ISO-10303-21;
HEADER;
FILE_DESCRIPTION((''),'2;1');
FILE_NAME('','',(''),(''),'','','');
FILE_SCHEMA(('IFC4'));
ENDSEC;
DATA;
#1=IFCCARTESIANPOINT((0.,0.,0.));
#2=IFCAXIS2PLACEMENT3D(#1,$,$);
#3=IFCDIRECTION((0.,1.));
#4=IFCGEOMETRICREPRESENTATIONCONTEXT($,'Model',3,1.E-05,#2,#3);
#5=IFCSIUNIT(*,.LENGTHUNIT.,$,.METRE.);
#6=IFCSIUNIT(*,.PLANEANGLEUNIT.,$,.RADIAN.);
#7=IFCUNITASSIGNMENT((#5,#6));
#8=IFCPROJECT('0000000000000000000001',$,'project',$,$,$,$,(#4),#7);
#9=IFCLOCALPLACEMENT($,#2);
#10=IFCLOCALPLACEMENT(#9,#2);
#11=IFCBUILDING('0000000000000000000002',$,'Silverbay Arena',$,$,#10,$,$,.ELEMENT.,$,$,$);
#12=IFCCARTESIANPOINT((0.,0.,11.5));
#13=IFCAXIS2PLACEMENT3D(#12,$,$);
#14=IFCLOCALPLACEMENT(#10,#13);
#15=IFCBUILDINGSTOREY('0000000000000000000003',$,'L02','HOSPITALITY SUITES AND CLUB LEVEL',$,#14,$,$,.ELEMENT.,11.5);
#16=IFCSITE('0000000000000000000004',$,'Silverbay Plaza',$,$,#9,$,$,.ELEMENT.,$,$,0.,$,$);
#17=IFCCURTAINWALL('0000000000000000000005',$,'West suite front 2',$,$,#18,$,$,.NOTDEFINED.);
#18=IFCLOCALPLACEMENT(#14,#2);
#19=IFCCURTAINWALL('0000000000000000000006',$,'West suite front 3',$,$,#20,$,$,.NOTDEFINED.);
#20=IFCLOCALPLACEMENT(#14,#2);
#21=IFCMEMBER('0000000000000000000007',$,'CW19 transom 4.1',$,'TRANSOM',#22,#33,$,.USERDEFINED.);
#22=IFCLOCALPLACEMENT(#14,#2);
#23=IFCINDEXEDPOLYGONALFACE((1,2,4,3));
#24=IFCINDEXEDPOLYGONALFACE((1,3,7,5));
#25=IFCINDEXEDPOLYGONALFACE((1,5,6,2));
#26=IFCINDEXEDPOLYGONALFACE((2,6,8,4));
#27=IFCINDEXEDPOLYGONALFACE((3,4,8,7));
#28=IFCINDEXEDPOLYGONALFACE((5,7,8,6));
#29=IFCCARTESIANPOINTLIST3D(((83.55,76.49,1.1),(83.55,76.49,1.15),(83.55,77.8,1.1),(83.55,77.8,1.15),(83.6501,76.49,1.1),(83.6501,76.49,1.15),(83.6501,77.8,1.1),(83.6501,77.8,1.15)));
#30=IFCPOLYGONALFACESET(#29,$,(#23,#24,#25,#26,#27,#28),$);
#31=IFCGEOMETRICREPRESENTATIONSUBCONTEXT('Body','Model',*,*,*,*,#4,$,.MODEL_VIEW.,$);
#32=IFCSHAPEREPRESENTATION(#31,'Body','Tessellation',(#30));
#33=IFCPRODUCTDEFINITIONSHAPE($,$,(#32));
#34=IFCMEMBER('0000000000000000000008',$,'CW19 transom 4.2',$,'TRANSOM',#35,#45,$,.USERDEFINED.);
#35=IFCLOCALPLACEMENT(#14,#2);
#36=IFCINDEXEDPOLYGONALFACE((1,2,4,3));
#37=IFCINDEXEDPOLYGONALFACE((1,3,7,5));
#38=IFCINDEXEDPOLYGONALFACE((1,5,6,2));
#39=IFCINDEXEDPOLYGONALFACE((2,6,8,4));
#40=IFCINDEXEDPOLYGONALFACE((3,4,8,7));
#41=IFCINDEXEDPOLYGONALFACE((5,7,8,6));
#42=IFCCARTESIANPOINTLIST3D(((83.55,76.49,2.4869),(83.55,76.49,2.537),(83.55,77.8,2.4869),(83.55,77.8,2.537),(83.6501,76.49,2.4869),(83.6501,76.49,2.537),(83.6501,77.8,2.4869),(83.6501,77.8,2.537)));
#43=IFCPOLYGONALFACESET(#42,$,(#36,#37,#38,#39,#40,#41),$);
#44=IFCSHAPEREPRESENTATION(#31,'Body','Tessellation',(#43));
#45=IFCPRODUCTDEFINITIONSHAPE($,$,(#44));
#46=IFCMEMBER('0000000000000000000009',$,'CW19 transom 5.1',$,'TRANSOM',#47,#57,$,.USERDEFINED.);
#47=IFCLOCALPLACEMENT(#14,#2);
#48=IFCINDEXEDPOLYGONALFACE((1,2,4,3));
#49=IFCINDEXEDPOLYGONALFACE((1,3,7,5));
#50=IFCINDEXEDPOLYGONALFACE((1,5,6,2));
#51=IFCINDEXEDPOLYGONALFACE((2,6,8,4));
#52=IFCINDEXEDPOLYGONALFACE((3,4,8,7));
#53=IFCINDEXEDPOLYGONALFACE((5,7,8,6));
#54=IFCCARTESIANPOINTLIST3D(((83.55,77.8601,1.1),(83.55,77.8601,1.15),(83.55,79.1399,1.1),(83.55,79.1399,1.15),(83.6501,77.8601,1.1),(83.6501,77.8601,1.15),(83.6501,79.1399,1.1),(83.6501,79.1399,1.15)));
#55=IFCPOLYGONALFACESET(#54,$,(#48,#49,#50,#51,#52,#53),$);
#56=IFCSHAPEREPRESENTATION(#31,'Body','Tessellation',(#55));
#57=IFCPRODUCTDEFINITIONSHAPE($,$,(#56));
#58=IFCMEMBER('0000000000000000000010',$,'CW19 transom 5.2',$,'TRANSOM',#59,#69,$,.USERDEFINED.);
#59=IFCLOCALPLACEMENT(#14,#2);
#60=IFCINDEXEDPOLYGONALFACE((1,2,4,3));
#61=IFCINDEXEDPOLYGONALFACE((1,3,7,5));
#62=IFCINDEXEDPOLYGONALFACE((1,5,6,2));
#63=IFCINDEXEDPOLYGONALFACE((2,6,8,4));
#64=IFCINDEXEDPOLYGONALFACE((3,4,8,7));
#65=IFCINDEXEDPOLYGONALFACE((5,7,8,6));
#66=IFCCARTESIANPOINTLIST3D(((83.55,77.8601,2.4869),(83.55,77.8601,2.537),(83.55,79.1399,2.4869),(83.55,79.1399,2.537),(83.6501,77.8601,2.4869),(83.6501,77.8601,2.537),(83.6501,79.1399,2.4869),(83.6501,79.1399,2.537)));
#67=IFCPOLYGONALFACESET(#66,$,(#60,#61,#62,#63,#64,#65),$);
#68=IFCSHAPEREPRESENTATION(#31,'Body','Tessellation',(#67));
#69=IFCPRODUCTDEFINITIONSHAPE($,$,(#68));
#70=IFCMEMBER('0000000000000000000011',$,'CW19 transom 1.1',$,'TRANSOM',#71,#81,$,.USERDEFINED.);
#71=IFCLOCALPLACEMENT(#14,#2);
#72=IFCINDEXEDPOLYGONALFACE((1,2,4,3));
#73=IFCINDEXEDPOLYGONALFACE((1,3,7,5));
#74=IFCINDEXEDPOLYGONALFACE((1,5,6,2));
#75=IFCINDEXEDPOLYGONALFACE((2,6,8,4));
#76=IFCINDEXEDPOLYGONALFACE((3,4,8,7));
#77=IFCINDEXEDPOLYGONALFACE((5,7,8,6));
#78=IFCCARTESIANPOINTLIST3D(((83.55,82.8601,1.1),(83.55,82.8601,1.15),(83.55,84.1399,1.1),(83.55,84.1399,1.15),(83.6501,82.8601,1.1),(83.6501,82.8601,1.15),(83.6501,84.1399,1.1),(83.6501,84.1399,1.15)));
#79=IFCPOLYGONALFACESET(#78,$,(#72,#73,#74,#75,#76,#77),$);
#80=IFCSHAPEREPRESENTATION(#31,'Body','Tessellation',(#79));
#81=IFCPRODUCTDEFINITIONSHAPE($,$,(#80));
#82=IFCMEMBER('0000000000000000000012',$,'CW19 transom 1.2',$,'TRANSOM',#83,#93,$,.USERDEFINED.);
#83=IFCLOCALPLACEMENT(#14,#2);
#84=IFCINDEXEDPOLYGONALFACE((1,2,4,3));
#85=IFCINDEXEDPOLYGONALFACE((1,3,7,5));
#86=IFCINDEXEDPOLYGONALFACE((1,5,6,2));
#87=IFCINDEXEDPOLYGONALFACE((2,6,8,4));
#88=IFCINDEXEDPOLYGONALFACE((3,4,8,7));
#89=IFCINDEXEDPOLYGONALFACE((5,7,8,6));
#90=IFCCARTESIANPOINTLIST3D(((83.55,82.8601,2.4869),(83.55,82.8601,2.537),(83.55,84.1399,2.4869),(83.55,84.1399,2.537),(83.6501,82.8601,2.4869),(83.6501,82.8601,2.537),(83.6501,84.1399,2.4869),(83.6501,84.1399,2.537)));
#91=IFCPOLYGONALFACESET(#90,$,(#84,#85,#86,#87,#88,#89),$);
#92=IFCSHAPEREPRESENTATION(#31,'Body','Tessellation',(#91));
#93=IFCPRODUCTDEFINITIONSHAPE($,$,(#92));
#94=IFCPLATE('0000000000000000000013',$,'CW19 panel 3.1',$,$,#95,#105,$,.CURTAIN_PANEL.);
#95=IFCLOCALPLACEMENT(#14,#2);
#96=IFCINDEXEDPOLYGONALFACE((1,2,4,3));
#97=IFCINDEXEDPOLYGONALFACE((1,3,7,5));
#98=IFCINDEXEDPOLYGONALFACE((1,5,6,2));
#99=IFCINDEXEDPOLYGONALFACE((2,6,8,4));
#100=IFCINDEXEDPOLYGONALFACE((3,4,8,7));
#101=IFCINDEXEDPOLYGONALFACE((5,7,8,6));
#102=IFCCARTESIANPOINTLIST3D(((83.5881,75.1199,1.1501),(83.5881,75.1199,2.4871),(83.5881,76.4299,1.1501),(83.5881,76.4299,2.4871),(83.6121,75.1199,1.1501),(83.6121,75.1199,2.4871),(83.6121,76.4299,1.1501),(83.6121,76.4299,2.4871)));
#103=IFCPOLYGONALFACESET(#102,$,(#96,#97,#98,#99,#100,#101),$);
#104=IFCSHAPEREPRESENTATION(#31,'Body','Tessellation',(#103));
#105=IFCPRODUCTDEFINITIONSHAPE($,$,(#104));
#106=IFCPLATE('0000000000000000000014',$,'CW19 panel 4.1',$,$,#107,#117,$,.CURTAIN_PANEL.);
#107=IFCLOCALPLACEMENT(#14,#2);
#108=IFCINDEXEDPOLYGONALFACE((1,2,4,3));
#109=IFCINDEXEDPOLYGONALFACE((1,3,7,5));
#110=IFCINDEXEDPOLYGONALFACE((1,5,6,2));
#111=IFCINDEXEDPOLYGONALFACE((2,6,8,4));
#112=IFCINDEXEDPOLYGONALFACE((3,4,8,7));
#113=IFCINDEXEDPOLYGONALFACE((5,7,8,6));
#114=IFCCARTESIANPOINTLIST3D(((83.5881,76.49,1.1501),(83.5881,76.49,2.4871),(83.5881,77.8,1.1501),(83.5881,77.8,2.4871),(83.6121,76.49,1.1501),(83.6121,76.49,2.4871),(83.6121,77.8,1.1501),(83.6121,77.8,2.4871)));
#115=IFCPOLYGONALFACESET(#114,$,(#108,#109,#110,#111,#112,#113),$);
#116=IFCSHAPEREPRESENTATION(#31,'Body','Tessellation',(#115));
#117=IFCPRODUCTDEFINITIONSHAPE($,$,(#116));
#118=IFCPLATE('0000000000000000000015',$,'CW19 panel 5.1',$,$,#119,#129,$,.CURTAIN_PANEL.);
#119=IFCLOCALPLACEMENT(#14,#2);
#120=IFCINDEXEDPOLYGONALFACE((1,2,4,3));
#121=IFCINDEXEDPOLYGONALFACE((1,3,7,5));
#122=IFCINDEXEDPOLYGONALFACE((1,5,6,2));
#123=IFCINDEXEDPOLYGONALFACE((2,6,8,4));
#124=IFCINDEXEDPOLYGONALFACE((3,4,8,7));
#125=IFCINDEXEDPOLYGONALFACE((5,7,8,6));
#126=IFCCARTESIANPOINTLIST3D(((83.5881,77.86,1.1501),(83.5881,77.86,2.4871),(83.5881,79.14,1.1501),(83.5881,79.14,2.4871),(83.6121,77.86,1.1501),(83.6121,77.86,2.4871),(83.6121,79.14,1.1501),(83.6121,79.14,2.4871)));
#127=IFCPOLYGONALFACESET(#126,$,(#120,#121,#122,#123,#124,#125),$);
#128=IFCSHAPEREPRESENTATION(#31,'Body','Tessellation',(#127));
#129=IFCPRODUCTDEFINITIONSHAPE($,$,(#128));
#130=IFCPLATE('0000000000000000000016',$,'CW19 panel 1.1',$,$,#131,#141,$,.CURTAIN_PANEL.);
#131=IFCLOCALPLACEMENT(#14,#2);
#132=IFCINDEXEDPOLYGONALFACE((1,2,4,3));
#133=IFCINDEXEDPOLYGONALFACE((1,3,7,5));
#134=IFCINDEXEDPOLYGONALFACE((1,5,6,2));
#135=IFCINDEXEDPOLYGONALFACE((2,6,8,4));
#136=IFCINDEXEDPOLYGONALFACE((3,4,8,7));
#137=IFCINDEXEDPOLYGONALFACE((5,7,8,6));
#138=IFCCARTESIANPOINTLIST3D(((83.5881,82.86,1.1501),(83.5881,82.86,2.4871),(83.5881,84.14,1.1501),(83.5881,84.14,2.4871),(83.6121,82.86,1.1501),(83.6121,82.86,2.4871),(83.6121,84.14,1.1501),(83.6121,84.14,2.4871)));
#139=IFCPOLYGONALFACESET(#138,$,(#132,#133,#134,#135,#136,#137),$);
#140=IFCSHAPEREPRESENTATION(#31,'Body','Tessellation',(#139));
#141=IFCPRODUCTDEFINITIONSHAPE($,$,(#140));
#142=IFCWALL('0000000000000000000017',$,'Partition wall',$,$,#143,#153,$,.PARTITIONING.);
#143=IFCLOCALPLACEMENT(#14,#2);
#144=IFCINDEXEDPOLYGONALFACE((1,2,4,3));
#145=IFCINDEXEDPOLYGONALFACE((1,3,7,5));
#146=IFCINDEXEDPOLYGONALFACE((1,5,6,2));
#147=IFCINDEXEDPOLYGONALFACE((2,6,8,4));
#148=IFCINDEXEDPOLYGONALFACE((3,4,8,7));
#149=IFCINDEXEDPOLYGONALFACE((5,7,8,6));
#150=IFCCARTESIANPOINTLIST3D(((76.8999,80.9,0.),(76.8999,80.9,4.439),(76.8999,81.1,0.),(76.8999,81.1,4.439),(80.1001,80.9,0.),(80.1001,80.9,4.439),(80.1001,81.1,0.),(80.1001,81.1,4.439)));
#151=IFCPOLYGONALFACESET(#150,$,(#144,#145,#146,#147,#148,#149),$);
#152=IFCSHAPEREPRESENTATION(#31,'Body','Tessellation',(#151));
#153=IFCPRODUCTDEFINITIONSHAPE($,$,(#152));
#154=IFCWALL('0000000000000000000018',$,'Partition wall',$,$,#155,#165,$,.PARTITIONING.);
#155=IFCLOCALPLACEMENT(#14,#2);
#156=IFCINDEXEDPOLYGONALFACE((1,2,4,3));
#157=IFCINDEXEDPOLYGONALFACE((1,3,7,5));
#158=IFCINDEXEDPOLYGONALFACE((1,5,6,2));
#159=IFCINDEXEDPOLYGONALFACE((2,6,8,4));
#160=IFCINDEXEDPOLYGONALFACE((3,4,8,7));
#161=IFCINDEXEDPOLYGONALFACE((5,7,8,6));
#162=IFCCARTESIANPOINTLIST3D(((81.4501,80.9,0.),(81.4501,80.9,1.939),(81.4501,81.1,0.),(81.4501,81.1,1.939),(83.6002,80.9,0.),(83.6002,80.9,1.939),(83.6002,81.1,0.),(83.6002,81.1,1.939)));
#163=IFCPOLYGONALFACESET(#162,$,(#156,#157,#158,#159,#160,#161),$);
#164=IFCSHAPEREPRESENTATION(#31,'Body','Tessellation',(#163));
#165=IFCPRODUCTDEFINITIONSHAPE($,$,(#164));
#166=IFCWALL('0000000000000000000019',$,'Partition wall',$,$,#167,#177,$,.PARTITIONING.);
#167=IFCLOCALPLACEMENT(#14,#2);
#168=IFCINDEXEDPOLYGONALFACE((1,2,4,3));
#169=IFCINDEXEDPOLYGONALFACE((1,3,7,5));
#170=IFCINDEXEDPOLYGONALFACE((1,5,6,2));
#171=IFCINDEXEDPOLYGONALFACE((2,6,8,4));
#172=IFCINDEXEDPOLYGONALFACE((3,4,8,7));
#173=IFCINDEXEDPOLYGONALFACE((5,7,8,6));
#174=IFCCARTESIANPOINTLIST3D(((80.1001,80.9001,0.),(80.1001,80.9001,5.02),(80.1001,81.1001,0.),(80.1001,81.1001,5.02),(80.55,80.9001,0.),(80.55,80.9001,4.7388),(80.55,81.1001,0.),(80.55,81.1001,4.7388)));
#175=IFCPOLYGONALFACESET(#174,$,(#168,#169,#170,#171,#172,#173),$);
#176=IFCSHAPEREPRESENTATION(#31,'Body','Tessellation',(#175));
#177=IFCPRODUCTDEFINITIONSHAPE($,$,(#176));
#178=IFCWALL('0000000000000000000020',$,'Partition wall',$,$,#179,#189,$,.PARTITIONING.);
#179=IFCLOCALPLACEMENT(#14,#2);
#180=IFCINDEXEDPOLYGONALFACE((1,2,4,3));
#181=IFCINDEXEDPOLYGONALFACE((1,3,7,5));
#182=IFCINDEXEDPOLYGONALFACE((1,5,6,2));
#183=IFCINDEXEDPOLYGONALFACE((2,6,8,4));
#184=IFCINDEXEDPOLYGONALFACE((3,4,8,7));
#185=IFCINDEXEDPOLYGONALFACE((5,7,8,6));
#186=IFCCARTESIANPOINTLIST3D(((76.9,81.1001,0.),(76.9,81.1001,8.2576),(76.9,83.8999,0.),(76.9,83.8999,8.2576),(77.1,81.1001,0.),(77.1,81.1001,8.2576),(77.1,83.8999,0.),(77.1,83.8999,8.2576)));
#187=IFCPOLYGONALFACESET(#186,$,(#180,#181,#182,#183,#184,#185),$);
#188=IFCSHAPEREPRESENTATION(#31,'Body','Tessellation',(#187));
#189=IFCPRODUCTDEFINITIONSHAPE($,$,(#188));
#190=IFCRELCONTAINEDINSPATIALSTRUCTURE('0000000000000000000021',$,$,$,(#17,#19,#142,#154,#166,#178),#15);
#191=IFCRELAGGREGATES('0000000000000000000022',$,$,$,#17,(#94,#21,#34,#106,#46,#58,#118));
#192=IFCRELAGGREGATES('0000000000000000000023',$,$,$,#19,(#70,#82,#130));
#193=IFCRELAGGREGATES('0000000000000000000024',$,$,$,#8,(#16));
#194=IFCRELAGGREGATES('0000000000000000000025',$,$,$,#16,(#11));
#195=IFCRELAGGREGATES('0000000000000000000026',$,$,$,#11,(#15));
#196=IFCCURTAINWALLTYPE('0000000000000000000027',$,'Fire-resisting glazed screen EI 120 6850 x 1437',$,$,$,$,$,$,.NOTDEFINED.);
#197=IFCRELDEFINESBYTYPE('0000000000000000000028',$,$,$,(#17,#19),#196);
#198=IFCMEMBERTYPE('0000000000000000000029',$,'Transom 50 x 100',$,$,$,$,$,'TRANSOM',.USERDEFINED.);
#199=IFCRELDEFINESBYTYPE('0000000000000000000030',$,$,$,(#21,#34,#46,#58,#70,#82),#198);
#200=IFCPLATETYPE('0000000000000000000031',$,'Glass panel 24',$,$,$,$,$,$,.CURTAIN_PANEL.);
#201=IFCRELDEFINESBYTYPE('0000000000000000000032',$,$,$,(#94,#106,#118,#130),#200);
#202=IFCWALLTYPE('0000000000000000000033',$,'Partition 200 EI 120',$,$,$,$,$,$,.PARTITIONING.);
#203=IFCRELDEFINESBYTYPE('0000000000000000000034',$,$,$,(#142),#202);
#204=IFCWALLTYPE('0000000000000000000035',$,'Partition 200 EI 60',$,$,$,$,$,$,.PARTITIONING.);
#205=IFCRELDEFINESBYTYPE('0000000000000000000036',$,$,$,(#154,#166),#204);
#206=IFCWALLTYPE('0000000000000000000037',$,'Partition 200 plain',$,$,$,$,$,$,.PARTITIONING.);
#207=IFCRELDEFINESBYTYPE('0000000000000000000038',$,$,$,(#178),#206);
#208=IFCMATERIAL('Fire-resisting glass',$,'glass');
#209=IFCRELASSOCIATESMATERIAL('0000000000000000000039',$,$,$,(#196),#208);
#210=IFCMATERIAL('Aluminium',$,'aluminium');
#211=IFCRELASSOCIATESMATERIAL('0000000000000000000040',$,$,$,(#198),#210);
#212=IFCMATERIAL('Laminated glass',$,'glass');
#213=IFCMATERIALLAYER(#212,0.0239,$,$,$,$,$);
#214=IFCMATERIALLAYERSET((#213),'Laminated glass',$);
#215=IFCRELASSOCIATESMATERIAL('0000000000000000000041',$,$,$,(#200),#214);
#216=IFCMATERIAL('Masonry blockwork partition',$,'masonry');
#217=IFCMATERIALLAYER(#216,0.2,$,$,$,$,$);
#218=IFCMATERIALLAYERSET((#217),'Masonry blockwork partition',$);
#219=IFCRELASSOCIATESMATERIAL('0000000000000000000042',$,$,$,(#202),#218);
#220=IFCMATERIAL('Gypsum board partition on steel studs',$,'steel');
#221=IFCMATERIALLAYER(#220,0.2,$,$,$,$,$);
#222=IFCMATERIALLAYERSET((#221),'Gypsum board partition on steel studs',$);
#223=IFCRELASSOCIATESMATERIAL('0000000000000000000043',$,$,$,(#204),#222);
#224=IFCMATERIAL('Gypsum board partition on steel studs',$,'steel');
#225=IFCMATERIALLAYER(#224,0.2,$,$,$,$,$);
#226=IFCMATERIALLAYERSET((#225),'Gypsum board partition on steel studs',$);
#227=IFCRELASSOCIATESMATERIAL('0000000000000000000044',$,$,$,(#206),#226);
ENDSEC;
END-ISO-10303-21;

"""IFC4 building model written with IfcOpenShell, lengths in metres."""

from ifc_helpers import new_model, si_unit, direction, frame, frame_2d, origin, origin_2d, place, context, subcontext, project, spatial, polyline, rectangle, outline, extrude, material, layer, layer_set, material_profile, profile_set, type_object, element, aggregate, save


model = new_model("IFC4")

# Units and contexts
model_context = context("Model", 3, precision=1e-05, world=origin(), true_north=direction((0.0, 1.0)))
body_context = subcontext(model_context, "Body", "Model", "MODEL_VIEW")
ifc_project = project(units=[si_unit("LENGTHUNIT", "METRE"), si_unit("PLANEANGLEUNIT", "RADIAN")], contexts=[model_context])

# Site, building, storey
site_placement = place(None, origin())
site = spatial("IfcSite", under=ifc_project, at=site_placement, Name="Silverbay Plaza", CompositionType="ELEMENT", RefElevation=0.0)
building_placement = place(site_placement, origin())
building = spatial("IfcBuilding", under=site, at=building_placement, Name="Silverbay Arena", CompositionType="ELEMENT")
storey_placement = place(building_placement, frame((0.0, 0.0, 11.5)))
storey = spatial("IfcBuildingStorey", under=building, at=storey_placement, Name="L02", Description="HOSPITALITY SUITES AND CLUB LEVEL", CompositionType="ELEMENT", Elevation=11.5)

# Curtain wall
ifc_material_1 = material(Name="Fire-resisting glass", Category="glass")
curtain_wall_type = type_object("IfcCurtainWallType", Name="Fire-resisting glazed screen EI 120 6850 x 1437", PredefinedType="NOTDEFINED", material=ifc_material_1)
curtain_wall_1_placement = place(storey_placement, origin())
curtain_wall_1 = element("IfcCurtainWall", 1, at=curtain_wall_1_placement, inside=storey, type_object=curtain_wall_type, Name="West suite front 2", PredefinedType="NOTDEFINED")

# Curtain wall
curtain_wall_2_placement = place(storey_placement, origin())
curtain_wall_2 = element("IfcCurtainWall", 2, at=curtain_wall_2_placement, inside=storey, type_object=curtain_wall_type, Name="West suite front 3", PredefinedType="NOTDEFINED")

# Members
ifc_material_2 = material(Name="Aluminium", Category="aluminium")
ifc_material_profile_1 = material_profile(ifc_material_2, rectangle(XDim=0.1001, YDim=0.05, at=origin_2d()), Name="Transom 50 x 100")
ifc_profile_set_1 = profile_set([ifc_material_profile_1], Name="Aluminium")
member_type_1 = type_object("IfcMemberType", Name="Transom 50 x 100", ElementType="TRANSOM", PredefinedType="USERDEFINED", material=ifc_profile_set_1)
member_1_placement = place(storey_placement, frame((83.6001, 76.49, 1.125), z_axis=(0.0, 1.0, 0.0), x_axis=(-1.0, 0.0, 0.0)))
member_1 = element("IfcMember", 3, at=member_1_placement, type_object=member_type_1, Name="CW19 transom 4.1", ObjectType="TRANSOM", PredefinedType="USERDEFINED", context=body_context, shape_type="SweptSolid", body=[
    extrude(rectangle(XDim=0.1001, YDim=0.05, at=origin_2d()), origin(), (0.0, 0.0, 1.0), 1.3101),
])
member_2_placement = place(storey_placement, frame((83.6001, 76.49, 2.512), z_axis=(0.0, 1.0, 0.0), x_axis=(-1.0, 0.0, 0.0)))
member_2 = element("IfcMember", 4, at=member_2_placement, type_object=member_type_1, Name="CW19 transom 4.2", ObjectType="TRANSOM", PredefinedType="USERDEFINED", context=body_context, shape_type="SweptSolid", body=[
    extrude(rectangle(XDim=0.1001, YDim=0.05, at=origin_2d()), origin(), (0.0, 0.0, 1.0), 1.3101),
])
member_3_placement = place(storey_placement, frame((83.6001, 77.8601, 1.125), z_axis=(0.0, 1.0, 0.0), x_axis=(-1.0, 0.0, 0.0)))
member_3 = element("IfcMember", 5, at=member_3_placement, type_object=member_type_1, Name="CW19 transom 5.1", ObjectType="TRANSOM", PredefinedType="USERDEFINED", context=body_context, shape_type="SweptSolid", body=[
    extrude(rectangle(XDim=0.1001, YDim=0.05, at=origin_2d()), origin(), (0.0, 0.0, 1.0), 1.2798),
])
member_4_placement = place(storey_placement, frame((83.6001, 77.8601, 2.512), z_axis=(0.0, 1.0, 0.0), x_axis=(-1.0, 0.0, 0.0)))
member_4 = element("IfcMember", 6, at=member_4_placement, type_object=member_type_1, Name="CW19 transom 5.2", ObjectType="TRANSOM", PredefinedType="USERDEFINED", context=body_context, shape_type="SweptSolid", body=[
    extrude(rectangle(XDim=0.1001, YDim=0.05, at=origin_2d()), origin(), (0.0, 0.0, 1.0), 1.2798),
])
member_5_placement = place(storey_placement, frame((83.6001, 82.8601, 1.125), z_axis=(0.0, 1.0, 0.0), x_axis=(-1.0, 0.0, 0.0)))
member_5 = element("IfcMember", 7, at=member_5_placement, type_object=member_type_1, Name="CW19 transom 1.1", ObjectType="TRANSOM", PredefinedType="USERDEFINED", context=body_context, shape_type="SweptSolid", body=[
    extrude(rectangle(XDim=0.1001, YDim=0.05, at=origin_2d()), origin(), (0.0, 0.0, 1.0), 1.2798),
])
member_6_placement = place(storey_placement, frame((83.6001, 82.8601, 2.512), z_axis=(0.0, 1.0, 0.0), x_axis=(-1.0, 0.0, 0.0)))
member_6 = element("IfcMember", 8, at=member_6_placement, type_object=member_type_1, Name="CW19 transom 1.2", ObjectType="TRANSOM", PredefinedType="USERDEFINED", context=body_context, shape_type="SweptSolid", body=[
    extrude(rectangle(XDim=0.1001, YDim=0.05, at=origin_2d()), origin(), (0.0, 0.0, 1.0), 1.2798),
])

# Plates
ifc_material_3 = material(Name="Laminated glass", Category="glass")
ifc_layer_1 = layer(ifc_material_3, 0.0239)
ifc_layer_set_1 = layer_set([ifc_layer_1], Name="Laminated glass")
plate_type = type_object("IfcPlateType", Name="Glass panel 24", PredefinedType="CURTAIN_PANEL", material=ifc_layer_set_1)
plate_1_placement = place(storey_placement, frame((83.6001, 75.7749, 1.1501), z_axis=(0.0, 0.0, 1.0), x_axis=(0.0, 1.0, 0.0)))
plate_1 = element("IfcPlate", 9, at=plate_1_placement, type_object=plate_type, Name="CW19 panel 3.1", PredefinedType="CURTAIN_PANEL", context=body_context, shape_type="SweptSolid", body=[
    extrude(rectangle(XDim=1.3101, YDim=0.0239, at=origin_2d()), origin(), (0.0, 0.0, 1.0), 1.3369),
])
plate_2_placement = place(storey_placement, frame((83.6001, 77.145, 1.1501), z_axis=(0.0, 0.0, 1.0), x_axis=(0.0, 1.0, 0.0)))
plate_2 = element("IfcPlate", 10, at=plate_2_placement, type_object=plate_type, Name="CW19 panel 4.1", PredefinedType="CURTAIN_PANEL", context=body_context, shape_type="SweptSolid", body=[
    extrude(rectangle(XDim=1.3101, YDim=0.0239, at=origin_2d()), origin(), (0.0, 0.0, 1.0), 1.3369),
])
plate_3_placement = place(storey_placement, frame((83.6001, 78.5, 1.1501), z_axis=(0.0, 0.0, 1.0), x_axis=(0.0, 1.0, 0.0)))
plate_3 = element("IfcPlate", 11, at=plate_3_placement, type_object=plate_type, Name="CW19 panel 5.1", PredefinedType="CURTAIN_PANEL", context=body_context, shape_type="SweptSolid", body=[
    extrude(rectangle(XDim=1.28, YDim=0.0239, at=origin_2d()), origin(), (0.0, 0.0, 1.0), 1.3369),
])
aggregate(curtain_wall_1, [plate_1, member_1, member_2, plate_2, member_3, member_4, plate_3])
plate_4_placement = place(storey_placement, frame((83.6001, 83.5, 1.1501), z_axis=(0.0, 0.0, 1.0), x_axis=(0.0, 1.0, 0.0)))
plate_4 = element("IfcPlate", 12, at=plate_4_placement, type_object=plate_type, Name="CW19 panel 1.1", PredefinedType="CURTAIN_PANEL", context=body_context, shape_type="SweptSolid", body=[
    extrude(rectangle(XDim=1.28, YDim=0.0239, at=origin_2d()), origin(), (0.0, 0.0, 1.0), 1.3369),
])
aggregate(curtain_wall_2, [member_5, member_6, plate_4])

# Walls
ifc_material_4 = material(Name="Masonry blockwork partition", Category="masonry")
ifc_layer_2 = layer(ifc_material_4, 0.2)
ifc_layer_set_2 = layer_set([ifc_layer_2], Name="Masonry blockwork partition")
wall_type_1 = type_object("IfcWallType", Name="Partition 200 EI 120", PredefinedType="PARTITIONING", material=ifc_layer_set_2)
wall_1_placement = place(storey_placement, frame((76.8999, 81.0, 0.0), z_axis=(0.0, 0.0, 1.0), x_axis=(1.0, 0.0, 0.0)))
element("IfcWall", 13, at=wall_1_placement, inside=storey, type_object=wall_type_1, Name="Partition wall", PredefinedType="PARTITIONING", context=body_context, shape_type="SweptSolid", body=[
    extrude(rectangle(XDim=3.2002, YDim=0.2, at=frame_2d((1.6001, 0.0))), origin(), (0.0, 0.0, 1.0), 4.439),
])
ifc_material_5 = material(Name="Gypsum board partition on steel studs", Category="steel")
ifc_layer_3 = layer(ifc_material_5, 0.2)
ifc_layer_set_3 = layer_set([ifc_layer_3], Name="Gypsum board partition on steel studs")
wall_type_2 = type_object("IfcWallType", Name="Partition 200 EI 60", PredefinedType="PARTITIONING", material=ifc_layer_set_3)
wall_2_placement = place(storey_placement, frame((81.45, 81.0, 0.0), z_axis=(0.0, 0.0, 1.0), x_axis=(1.0, 0.0, 0.0)))
element("IfcWall", 14, at=wall_2_placement, inside=storey, type_object=wall_type_2, Name="Partition wall", PredefinedType="PARTITIONING", context=body_context, shape_type="SweptSolid", body=[
    extrude(rectangle(XDim=2.1501, YDim=0.2, at=frame_2d((1.0752, 0.0))), origin(), (0.0, 0.0, 1.0), 1.939),
])
wall_3_placement = place(storey_placement, frame((80.1001, 81.0, 0.0), z_axis=(0.0, 0.0, 1.0), x_axis=(1.0, 0.0, 0.0)))
element("IfcWall", 15, at=wall_3_placement, inside=storey, type_object=wall_type_2, Name="Partition wall", PredefinedType="PARTITIONING", context=body_context, shape_type="SweptSolid", body=[
    extrude(outline(polyline([(0.0, 0.0), (0.45, 0.0), (0.45, 4.7388), (0.0, 5.02), (0.0, 0.0)])), frame((0.0, 0.1001, 0.0), z_axis=(0.0, -1.0, 0.0), x_axis=(1.0, 0.0, 0.0)), (0.0, 0.0, 1.0), 0.2),
])
ifc_material_6 = material(Name="Gypsum board partition on steel studs", Category="steel")
ifc_layer_4 = layer(ifc_material_6, 0.2)
ifc_layer_set_4 = layer_set([ifc_layer_4], Name="Gypsum board partition on steel studs")
wall_type_3 = type_object("IfcWallType", Name="Partition 200 plain", PredefinedType="PARTITIONING", material=ifc_layer_set_4)
wall_4_placement = place(storey_placement, frame((77.0, 81.1001, 0.0), z_axis=(0.0, 0.0, 1.0), x_axis=(0.0, 1.0, 0.0)))
element("IfcWall", 16, at=wall_4_placement, inside=storey, type_object=wall_type_3, Name="Partition wall", PredefinedType="PARTITIONING", context=body_context, shape_type="SweptSolid", body=[
    extrude(rectangle(XDim=2.7998, YDim=0.2, at=frame_2d((1.3999, 0.0))), origin(), (0.0, 0.0, 1.0), 8.2576),
])

save(model, "model.ifc")
